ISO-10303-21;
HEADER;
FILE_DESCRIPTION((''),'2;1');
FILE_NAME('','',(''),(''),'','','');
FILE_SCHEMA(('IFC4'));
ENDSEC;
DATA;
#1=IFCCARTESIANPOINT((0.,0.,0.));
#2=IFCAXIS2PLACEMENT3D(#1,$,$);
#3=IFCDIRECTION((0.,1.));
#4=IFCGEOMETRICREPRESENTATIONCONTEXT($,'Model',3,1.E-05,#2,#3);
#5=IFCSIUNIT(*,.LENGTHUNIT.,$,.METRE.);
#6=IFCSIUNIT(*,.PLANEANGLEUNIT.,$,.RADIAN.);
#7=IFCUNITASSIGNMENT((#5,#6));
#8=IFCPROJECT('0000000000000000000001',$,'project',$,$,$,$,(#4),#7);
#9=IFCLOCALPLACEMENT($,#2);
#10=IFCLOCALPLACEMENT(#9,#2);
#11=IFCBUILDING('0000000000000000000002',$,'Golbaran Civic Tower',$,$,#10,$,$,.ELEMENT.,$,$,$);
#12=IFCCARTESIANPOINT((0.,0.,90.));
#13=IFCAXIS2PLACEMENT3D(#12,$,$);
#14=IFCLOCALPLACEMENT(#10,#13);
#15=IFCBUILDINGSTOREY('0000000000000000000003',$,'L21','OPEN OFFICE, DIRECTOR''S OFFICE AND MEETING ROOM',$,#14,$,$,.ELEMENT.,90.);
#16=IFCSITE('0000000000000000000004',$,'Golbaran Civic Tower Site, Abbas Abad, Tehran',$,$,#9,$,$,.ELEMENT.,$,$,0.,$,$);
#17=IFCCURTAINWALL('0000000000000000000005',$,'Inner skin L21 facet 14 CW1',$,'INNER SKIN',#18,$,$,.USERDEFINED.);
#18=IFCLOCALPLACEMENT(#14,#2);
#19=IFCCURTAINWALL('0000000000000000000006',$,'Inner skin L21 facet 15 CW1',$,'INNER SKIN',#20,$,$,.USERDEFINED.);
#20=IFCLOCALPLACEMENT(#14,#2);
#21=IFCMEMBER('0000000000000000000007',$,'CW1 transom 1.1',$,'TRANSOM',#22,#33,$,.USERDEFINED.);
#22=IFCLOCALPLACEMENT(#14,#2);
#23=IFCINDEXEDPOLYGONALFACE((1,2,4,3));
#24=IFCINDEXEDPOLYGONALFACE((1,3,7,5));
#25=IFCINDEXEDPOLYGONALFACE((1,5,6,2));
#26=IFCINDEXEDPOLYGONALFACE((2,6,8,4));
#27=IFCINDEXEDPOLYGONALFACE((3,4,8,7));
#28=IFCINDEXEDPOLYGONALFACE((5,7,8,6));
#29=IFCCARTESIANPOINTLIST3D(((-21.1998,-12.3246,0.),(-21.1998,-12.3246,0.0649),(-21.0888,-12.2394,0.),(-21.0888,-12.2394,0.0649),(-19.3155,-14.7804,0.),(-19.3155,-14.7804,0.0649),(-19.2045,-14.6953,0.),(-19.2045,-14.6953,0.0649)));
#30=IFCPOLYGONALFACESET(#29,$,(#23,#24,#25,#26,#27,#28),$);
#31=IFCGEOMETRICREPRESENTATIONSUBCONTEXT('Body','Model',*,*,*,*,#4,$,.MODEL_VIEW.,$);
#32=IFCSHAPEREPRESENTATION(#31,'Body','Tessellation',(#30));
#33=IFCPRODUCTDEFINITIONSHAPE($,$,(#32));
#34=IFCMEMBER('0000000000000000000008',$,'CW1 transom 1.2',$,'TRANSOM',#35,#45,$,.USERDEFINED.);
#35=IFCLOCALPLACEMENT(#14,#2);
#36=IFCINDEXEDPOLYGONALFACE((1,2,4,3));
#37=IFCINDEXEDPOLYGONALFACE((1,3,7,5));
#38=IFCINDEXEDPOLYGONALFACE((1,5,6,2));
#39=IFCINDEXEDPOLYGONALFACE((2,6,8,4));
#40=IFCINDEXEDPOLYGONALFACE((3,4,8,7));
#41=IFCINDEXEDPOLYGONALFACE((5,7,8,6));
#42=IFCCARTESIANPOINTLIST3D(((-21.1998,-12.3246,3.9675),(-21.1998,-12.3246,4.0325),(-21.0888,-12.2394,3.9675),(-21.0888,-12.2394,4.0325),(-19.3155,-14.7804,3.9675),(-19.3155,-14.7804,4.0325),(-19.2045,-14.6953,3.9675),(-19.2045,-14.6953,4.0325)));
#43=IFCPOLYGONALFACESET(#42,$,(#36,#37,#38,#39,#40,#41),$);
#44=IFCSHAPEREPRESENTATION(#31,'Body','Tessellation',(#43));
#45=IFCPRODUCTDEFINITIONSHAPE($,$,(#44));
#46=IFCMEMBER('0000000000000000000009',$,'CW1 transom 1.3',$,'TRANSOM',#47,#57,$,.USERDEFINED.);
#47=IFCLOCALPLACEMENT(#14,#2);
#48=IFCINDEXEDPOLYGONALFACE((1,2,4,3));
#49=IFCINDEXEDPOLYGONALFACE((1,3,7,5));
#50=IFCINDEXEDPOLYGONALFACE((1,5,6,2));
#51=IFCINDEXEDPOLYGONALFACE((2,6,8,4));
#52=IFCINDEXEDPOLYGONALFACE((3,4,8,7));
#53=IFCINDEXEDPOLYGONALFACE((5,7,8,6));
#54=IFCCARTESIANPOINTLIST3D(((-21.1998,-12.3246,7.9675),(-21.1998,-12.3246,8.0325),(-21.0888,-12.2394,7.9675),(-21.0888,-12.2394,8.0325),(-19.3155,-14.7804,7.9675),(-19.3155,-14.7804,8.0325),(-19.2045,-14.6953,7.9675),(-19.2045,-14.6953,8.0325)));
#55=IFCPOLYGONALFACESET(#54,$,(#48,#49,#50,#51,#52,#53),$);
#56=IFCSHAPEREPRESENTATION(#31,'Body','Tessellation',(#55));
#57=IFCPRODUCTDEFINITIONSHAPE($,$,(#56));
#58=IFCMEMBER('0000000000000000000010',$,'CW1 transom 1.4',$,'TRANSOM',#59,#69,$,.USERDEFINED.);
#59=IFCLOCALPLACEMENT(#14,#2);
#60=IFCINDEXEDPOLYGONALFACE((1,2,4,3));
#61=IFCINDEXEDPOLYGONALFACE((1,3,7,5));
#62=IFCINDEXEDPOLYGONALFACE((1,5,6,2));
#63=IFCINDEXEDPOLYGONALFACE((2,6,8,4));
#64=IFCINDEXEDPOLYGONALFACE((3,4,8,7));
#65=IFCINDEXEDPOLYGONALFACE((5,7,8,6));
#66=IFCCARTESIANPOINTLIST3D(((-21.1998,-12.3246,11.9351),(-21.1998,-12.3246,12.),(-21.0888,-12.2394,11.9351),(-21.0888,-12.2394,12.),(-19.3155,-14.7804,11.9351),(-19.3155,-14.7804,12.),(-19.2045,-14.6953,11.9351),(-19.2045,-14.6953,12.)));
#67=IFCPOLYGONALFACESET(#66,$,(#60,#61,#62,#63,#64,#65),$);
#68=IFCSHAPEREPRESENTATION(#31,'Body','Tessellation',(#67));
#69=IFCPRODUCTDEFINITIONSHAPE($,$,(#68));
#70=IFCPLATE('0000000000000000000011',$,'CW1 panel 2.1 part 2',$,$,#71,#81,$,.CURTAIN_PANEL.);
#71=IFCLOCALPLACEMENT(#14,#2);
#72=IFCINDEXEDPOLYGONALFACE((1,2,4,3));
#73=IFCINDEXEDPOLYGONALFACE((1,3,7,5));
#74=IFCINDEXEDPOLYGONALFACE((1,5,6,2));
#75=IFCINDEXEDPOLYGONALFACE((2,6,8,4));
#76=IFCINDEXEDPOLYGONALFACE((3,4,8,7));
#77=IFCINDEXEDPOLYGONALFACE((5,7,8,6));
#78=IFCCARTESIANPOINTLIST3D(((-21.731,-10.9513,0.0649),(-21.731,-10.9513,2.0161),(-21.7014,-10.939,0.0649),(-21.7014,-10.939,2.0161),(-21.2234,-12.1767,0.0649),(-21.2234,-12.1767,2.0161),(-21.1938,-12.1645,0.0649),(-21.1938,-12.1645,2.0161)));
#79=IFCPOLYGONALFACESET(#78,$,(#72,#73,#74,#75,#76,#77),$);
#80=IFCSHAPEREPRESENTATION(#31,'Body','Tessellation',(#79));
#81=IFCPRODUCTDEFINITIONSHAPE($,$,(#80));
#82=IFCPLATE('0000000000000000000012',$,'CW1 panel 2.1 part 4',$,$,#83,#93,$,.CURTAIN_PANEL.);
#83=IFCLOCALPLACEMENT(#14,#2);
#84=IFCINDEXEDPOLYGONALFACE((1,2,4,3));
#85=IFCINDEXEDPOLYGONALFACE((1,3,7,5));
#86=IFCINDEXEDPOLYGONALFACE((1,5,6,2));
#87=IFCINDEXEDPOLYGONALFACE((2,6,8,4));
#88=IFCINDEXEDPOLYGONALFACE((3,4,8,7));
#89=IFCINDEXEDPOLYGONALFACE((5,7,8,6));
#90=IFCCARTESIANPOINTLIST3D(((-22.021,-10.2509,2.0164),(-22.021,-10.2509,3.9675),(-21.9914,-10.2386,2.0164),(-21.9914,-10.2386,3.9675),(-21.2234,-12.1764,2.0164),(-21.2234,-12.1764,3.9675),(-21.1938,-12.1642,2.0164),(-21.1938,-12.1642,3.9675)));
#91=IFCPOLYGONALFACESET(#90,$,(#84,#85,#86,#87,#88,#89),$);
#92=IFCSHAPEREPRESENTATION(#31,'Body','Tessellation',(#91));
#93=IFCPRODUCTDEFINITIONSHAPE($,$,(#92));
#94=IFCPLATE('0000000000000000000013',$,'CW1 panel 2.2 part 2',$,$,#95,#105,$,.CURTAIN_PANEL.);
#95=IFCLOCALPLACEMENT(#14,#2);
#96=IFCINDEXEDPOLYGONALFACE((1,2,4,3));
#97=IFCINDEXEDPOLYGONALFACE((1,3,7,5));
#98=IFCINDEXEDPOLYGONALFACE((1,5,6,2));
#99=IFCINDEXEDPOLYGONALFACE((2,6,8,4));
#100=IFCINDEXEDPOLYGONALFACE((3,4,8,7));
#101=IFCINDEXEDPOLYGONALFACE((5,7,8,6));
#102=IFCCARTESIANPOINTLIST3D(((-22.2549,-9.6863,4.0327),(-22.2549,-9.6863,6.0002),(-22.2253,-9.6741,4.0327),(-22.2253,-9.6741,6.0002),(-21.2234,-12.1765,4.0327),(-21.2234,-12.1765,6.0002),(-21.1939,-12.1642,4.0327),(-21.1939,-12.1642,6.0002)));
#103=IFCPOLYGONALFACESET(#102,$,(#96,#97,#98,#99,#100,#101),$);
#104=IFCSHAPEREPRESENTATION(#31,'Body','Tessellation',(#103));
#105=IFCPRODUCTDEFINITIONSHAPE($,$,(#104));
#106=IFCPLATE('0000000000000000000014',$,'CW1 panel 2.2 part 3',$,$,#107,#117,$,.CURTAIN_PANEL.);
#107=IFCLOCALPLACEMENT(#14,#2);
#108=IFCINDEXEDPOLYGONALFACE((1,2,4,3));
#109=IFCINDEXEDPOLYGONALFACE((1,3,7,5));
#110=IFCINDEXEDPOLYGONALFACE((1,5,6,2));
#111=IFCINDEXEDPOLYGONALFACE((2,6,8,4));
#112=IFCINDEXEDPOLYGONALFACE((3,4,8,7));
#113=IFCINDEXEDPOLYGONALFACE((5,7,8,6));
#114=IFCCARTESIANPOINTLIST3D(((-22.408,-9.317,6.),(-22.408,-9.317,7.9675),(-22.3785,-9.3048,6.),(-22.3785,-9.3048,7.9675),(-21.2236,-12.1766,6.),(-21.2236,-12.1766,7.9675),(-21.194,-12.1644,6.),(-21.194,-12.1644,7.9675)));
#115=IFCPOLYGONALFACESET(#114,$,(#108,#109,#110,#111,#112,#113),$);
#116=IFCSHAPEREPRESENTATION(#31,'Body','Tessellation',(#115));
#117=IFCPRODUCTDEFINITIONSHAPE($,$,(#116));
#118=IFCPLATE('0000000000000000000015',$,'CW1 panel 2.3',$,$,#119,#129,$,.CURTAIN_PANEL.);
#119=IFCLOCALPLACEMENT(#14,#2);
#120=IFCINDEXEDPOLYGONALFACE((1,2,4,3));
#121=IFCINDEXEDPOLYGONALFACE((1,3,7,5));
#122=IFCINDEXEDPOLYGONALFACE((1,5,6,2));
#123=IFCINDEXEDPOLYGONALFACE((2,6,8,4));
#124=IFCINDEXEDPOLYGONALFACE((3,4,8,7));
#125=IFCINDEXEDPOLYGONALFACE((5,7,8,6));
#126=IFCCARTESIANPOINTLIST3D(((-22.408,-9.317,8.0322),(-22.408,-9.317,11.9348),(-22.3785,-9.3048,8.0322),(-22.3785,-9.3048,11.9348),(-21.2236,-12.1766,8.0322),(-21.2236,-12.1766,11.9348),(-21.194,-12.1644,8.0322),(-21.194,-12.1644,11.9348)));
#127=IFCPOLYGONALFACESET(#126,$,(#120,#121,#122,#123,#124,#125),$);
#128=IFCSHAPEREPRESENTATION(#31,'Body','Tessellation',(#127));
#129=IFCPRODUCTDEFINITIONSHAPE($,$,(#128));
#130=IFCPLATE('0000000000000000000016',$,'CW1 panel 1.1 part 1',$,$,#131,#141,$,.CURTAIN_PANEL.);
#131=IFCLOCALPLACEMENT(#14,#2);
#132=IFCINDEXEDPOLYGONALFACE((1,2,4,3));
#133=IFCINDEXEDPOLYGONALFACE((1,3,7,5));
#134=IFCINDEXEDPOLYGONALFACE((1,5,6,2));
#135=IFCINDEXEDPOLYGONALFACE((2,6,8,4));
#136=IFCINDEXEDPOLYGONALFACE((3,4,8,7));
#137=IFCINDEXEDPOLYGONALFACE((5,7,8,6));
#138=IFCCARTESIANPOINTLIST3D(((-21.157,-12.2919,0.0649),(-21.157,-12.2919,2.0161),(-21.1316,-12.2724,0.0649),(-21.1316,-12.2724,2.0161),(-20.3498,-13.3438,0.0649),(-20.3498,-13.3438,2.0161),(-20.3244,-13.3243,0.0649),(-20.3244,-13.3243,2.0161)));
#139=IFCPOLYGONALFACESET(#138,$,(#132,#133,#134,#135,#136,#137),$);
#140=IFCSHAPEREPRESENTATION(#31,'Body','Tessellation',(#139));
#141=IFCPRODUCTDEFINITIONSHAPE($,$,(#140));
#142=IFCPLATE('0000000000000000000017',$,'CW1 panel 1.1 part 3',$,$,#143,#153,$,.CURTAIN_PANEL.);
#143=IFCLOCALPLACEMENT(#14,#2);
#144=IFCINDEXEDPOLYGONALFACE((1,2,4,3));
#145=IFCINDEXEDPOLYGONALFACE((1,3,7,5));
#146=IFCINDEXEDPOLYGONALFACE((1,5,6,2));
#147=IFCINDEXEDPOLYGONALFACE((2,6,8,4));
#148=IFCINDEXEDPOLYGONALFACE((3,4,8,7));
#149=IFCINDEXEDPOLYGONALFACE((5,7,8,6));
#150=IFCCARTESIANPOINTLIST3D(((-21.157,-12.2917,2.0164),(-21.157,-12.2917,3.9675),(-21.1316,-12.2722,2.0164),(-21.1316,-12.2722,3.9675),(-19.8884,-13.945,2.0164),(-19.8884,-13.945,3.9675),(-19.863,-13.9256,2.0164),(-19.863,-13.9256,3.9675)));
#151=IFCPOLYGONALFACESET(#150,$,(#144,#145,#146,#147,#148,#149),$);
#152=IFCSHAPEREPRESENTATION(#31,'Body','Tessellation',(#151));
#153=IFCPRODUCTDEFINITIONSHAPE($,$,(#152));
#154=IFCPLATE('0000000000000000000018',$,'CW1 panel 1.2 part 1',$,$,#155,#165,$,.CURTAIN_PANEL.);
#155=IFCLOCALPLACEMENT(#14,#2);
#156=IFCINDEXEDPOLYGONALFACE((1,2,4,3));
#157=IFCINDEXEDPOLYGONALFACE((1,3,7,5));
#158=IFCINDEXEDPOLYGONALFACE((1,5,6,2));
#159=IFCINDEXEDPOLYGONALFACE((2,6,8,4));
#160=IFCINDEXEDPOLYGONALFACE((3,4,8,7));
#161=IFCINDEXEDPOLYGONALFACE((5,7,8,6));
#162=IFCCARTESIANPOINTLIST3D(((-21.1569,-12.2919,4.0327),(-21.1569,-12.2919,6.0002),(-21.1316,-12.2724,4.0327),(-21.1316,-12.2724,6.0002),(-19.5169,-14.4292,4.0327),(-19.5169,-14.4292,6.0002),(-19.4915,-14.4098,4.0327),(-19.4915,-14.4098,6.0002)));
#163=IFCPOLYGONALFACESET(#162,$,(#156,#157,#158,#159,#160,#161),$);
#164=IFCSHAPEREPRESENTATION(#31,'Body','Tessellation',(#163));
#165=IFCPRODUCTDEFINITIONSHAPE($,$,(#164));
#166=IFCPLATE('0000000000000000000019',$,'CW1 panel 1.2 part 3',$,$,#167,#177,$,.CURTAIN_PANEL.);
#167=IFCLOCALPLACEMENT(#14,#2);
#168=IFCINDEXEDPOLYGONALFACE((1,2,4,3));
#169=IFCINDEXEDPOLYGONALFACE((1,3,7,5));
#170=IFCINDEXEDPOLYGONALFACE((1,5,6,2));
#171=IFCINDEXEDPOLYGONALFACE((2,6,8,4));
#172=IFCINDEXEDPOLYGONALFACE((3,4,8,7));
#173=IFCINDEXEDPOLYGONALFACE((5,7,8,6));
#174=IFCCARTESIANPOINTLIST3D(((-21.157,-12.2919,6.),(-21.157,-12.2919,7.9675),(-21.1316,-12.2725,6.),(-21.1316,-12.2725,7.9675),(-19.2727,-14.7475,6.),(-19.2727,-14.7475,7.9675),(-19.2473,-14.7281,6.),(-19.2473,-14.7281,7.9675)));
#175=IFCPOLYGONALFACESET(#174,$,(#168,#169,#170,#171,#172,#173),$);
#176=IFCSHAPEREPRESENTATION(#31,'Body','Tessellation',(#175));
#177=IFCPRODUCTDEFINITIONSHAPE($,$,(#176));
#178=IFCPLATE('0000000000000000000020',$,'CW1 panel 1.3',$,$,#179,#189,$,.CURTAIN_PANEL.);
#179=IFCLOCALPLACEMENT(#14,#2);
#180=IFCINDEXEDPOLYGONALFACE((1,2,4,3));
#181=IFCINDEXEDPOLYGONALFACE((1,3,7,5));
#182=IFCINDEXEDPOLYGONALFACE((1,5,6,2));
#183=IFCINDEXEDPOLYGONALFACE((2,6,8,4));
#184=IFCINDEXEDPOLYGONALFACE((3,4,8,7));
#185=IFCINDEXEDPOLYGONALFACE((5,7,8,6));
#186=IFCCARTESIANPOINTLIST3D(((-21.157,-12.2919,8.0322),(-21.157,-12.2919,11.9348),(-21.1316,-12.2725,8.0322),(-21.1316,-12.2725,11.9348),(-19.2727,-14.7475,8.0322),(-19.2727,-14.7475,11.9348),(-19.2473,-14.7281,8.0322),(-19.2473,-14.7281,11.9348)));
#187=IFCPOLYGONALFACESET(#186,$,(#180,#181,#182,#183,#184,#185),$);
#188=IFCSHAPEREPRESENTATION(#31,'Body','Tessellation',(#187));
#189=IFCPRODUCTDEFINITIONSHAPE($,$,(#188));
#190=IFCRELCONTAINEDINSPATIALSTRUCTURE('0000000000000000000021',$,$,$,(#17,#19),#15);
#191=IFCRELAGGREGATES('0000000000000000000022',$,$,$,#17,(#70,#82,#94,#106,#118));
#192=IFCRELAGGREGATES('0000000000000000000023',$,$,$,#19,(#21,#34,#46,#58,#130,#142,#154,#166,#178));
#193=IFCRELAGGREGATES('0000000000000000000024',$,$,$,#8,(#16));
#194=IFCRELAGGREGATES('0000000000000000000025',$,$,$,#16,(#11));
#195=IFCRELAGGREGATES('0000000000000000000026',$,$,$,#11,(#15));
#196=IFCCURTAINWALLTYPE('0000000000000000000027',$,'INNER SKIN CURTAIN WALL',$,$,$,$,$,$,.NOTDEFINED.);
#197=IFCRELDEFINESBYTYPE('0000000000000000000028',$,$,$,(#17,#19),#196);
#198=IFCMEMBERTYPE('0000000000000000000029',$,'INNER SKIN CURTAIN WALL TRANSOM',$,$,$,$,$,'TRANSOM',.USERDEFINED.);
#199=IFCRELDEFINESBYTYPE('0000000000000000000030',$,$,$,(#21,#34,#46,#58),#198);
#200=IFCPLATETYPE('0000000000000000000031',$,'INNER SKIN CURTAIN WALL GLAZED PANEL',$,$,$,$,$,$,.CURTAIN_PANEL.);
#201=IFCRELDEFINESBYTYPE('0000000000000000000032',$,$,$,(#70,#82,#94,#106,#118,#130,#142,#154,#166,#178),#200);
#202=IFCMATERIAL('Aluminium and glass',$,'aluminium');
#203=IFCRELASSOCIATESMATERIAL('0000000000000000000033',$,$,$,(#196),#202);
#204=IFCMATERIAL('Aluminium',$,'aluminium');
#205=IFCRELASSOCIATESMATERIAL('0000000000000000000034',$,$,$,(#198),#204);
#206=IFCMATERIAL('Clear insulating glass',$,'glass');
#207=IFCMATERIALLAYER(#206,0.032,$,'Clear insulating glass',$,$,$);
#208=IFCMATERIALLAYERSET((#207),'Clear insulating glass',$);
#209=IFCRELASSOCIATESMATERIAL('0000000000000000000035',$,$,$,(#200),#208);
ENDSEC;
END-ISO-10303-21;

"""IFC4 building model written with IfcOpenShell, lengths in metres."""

from ifc_helpers import new_model, si_unit, direction, frame, origin, origin_2d, place, context, subcontext, project, spatial, rectangle, extrude, material, layer, layer_set, material_profile, profile_set, type_object, element, aggregate, save


model = new_model("IFC4")

# Units and contexts
model_context = context("Model", 3, precision=1e-05, world=origin(), true_north=direction((0.0, 1.0)))
body_context = subcontext(model_context, "Body", "Model", "MODEL_VIEW")
ifc_project = project(units=[si_unit("LENGTHUNIT", "METRE"), si_unit("PLANEANGLEUNIT", "RADIAN")], contexts=[model_context])

# Site, building, storey
site_placement = place(None, origin())
site = spatial("IfcSite", under=ifc_project, at=site_placement, Name="Golbaran Civic Tower Site, Abbas Abad, Tehran", CompositionType="ELEMENT", RefElevation=0.0)
building_placement = place(site_placement, origin())
building = spatial("IfcBuilding", under=site, at=building_placement, Name="Golbaran Civic Tower", CompositionType="ELEMENT")
storey_placement = place(building_placement, frame((0.0, 0.0, 90.0)))
storey = spatial("IfcBuildingStorey", under=building, at=storey_placement, Name="L21", Description="OPEN OFFICE, DIRECTOR'S OFFICE AND MEETING ROOM", CompositionType="ELEMENT", Elevation=90.0)

# Curtain wall
ifc_material_1 = material(Name="Aluminium and glass", Category="aluminium")
curtain_wall_type = type_object("IfcCurtainWallType", Name="INNER SKIN CURTAIN WALL", PredefinedType="NOTDEFINED", material=ifc_material_1)
curtain_wall_1_placement = place(storey_placement, origin())
curtain_wall_1 = element("IfcCurtainWall", 1, at=curtain_wall_1_placement, inside=storey, type_object=curtain_wall_type, Name="Inner skin L21 facet 14 CW1", ObjectType="INNER SKIN", PredefinedType="USERDEFINED")
ifc_material_2 = material(Name="Aluminium", Category="aluminium")

# Curtain wall, members
curtain_wall_2_placement = place(storey_placement, origin())
curtain_wall_2 = element("IfcCurtainWall", 2, at=curtain_wall_2_placement, inside=storey, type_object=curtain_wall_type, Name="Inner skin L21 facet 15 CW1", ObjectType="INNER SKIN", PredefinedType="USERDEFINED")
ifc_material_profile_1 = material_profile(ifc_material_2, rectangle(XDim=0.1399, YDim=0.0649, at=origin_2d()), Name="INNER SKIN CURTAIN WALL TRANSOM")
ifc_profile_set_1 = profile_set([ifc_material_profile_1], Name="Aluminium")
member_type_1 = type_object("IfcMemberType", Name="INNER SKIN CURTAIN WALL TRANSOM", ElementType="TRANSOM", PredefinedType="USERDEFINED", material=ifc_profile_set_1)
member_1_placement = place(storey_placement, frame((-21.1443, -12.282, 0.0325), z_axis=(0.608735, -0.793374, 0.0), x_axis=(0.793374, 0.608735, 0.0)))
member_1 = element("IfcMember", 3, at=member_1_placement, type_object=member_type_1, Name="CW1 transom 1.1", ObjectType="TRANSOM", PredefinedType="USERDEFINED", context=body_context, shape_type="SweptSolid", body=[
    extrude(rectangle(XDim=0.1399, YDim=0.0649, at=origin_2d()), origin(), (0.0, 0.0, 1.0), 3.0955),
])
member_2_placement = place(storey_placement, frame((-21.1443, -12.282, 4.0), z_axis=(0.608735, -0.793374, 0.0), x_axis=(0.793374, 0.608735, 0.0)))
member_2 = element("IfcMember", 4, at=member_2_placement, type_object=member_type_1, Name="CW1 transom 1.2", ObjectType="TRANSOM", PredefinedType="USERDEFINED", context=body_context, shape_type="SweptSolid", body=[
    extrude(rectangle(XDim=0.1399, YDim=0.0649, at=origin_2d()), origin(), (0.0, 0.0, 1.0), 3.0955),
])
member_3_placement = place(storey_placement, frame((-21.1443, -12.282, 8.0), z_axis=(0.608735, -0.793374, 0.0), x_axis=(0.793374, 0.608735, 0.0)))
member_3 = element("IfcMember", 5, at=member_3_placement, type_object=member_type_1, Name="CW1 transom 1.3", ObjectType="TRANSOM", PredefinedType="USERDEFINED", context=body_context, shape_type="SweptSolid", body=[
    extrude(rectangle(XDim=0.1399, YDim=0.0649, at=origin_2d()), origin(), (0.0, 0.0, 1.0), 3.0955),
])
member_4_placement = place(storey_placement, frame((-21.1443, -12.282, 11.9675), z_axis=(0.608735, -0.793374, 0.0), x_axis=(0.793374, 0.608735, 0.0)))
member_4 = element("IfcMember", 6, at=member_4_placement, type_object=member_type_1, Name="CW1 transom 1.4", ObjectType="TRANSOM", PredefinedType="USERDEFINED", context=body_context, shape_type="SweptSolid", body=[
    extrude(rectangle(XDim=0.1399, YDim=0.0649, at=origin_2d()), origin(), (0.0, 0.0, 1.0), 3.0955),
])

# Plates
ifc_material_3 = material(Name="Clear insulating glass", Category="glass")
ifc_layer_1 = layer(ifc_material_3, 0.032, Name="Clear insulating glass")
ifc_layer_set_1 = layer_set([ifc_layer_1], Name="Clear insulating glass")
plate_type_1 = type_object("IfcPlateType", Name="INNER SKIN CURTAIN WALL GLAZED PANEL", PredefinedType="CURTAIN_PANEL", material=ifc_layer_set_1)
plate_1_placement = place(storey_placement, frame((-21.4624, -11.5579, 0.0649), z_axis=(0.0, 0.0, 1.0), x_axis=(0.382683, -0.92388, 0.0)))
plate_1 = element("IfcPlate", 7, at=plate_1_placement, type_object=plate_type_1, Name="CW1 panel 2.1 part 2", PredefinedType="CURTAIN_PANEL", context=body_context, shape_type="SweptSolid", body=[
    extrude(rectangle(XDim=1.3264, YDim=0.032, at=origin_2d()), origin(), (0.0, 0.0, 1.0), 1.9512),
])
plate_2_placement = place(storey_placement, frame((-21.6074, -11.2075, 2.0164), z_axis=(0.0, 0.0, 1.0), x_axis=(0.382683, -0.92388, 0.0)))
plate_2 = element("IfcPlate", 8, at=plate_2_placement, type_object=plate_type_1, Name="CW1 panel 2.1 part 4", PredefinedType="CURTAIN_PANEL", context=body_context, shape_type="SweptSolid", body=[
    extrude(rectangle(XDim=2.0842, YDim=0.032, at=origin_2d()), origin(), (0.0, 0.0, 1.0), 1.9512),
])
plate_3_placement = place(storey_placement, frame((-21.7244, -10.9253, 4.0327), z_axis=(0.0, 0.0, 1.0), x_axis=(0.382683, -0.92388, 0.0)))
plate_3 = element("IfcPlate", 9, at=plate_3_placement, type_object=plate_type_1, Name="CW1 panel 2.2 part 2", PredefinedType="CURTAIN_PANEL", context=body_context, shape_type="SweptSolid", body=[
    extrude(rectangle(XDim=2.6953, YDim=0.032, at=origin_2d()), origin(), (0.0, 0.0, 1.0), 1.9675),
])
plate_4_placement = place(storey_placement, frame((-21.801, -10.7407, 6.0), z_axis=(0.0, 0.0, 1.0), x_axis=(0.382683, -0.92388, 0.0)))
plate_4 = element("IfcPlate", 10, at=plate_4_placement, type_object=plate_type_1, Name="CW1 panel 2.2 part 3", PredefinedType="CURTAIN_PANEL", context=body_context, shape_type="SweptSolid", body=[
    extrude(rectangle(XDim=3.0952, YDim=0.032, at=origin_2d()), origin(), (0.0, 0.0, 1.0), 1.9675),
])
plate_5_placement = place(storey_placement, frame((-21.801, -10.7407, 8.0322), z_axis=(0.0, 0.0, 1.0), x_axis=(0.382683, -0.92388, 0.0)))
plate_5 = element("IfcPlate", 11, at=plate_5_placement, type_object=plate_type_1, Name="CW1 panel 2.3", PredefinedType="CURTAIN_PANEL", context=body_context, shape_type="SweptSolid", body=[
    extrude(rectangle(XDim=3.0952, YDim=0.032, at=origin_2d()), origin(), (0.0, 0.0, 1.0), 3.9026),
])
plate_6_placement = place(storey_placement, frame((-20.7407, -12.8081, 0.0649), z_axis=(0.0, 0.0, 1.0), x_axis=(0.608761, -0.793353, 0.0)))
plate_6 = element("IfcPlate", 12, at=plate_6_placement, type_object=plate_type_1, Name="CW1 panel 1.1 part 1", PredefinedType="CURTAIN_PANEL", context=body_context, shape_type="SweptSolid", body=[
    extrude(rectangle(XDim=1.3259, YDim=0.032, at=origin_2d()), origin(), (0.0, 0.0, 1.0), 1.9512),
])
plate_7_placement = place(storey_placement, frame((-20.51, -13.1086, 2.0164), z_axis=(0.0, 0.0, 1.0), x_axis=(0.608761, -0.793353, 0.0)))
plate_7 = element("IfcPlate", 13, at=plate_7_placement, type_object=plate_type_1, Name="CW1 panel 1.1 part 3", PredefinedType="CURTAIN_PANEL", context=body_context, shape_type="SweptSolid", body=[
    extrude(rectangle(XDim=2.084, YDim=0.032, at=origin_2d()), origin(), (0.0, 0.0, 1.0), 1.9512),
])
plate_8_placement = place(storey_placement, frame((-20.3242, -13.3508, 4.0327), z_axis=(0.0, 0.0, 1.0), x_axis=(0.608761, -0.793353, 0.0)))
plate_8 = element("IfcPlate", 14, at=plate_8_placement, type_object=plate_type_1, Name="CW1 panel 1.2 part 1", PredefinedType="CURTAIN_PANEL", context=body_context, shape_type="SweptSolid", body=[
    extrude(rectangle(XDim=2.6941, YDim=0.032, at=origin_2d()), origin(), (0.0, 0.0, 1.0), 1.9675),
])
plate_9_placement = place(storey_placement, frame((-20.2021, -13.51, 6.0), z_axis=(0.0, 0.0, 1.0), x_axis=(0.608761, -0.793353, 0.0)))
plate_9 = element("IfcPlate", 15, at=plate_9_placement, type_object=plate_type_1, Name="CW1 panel 1.2 part 3", PredefinedType="CURTAIN_PANEL", context=body_context, shape_type="SweptSolid", body=[
    extrude(rectangle(XDim=3.0952, YDim=0.032, at=origin_2d()), origin(), (0.0, 0.0, 1.0), 1.9675),
])
plate_10_placement = place(storey_placement, frame((-20.2021, -13.51, 8.0322), z_axis=(0.0, 0.0, 1.0), x_axis=(0.608761, -0.793353, 0.0)))
plate_10 = element("IfcPlate", 16, at=plate_10_placement, type_object=plate_type_1, Name="CW1 panel 1.3", PredefinedType="CURTAIN_PANEL", context=body_context, shape_type="SweptSolid", body=[
    extrude(rectangle(XDim=3.0952, YDim=0.032, at=origin_2d()), origin(), (0.0, 0.0, 1.0), 3.9026),
])
aggregate(curtain_wall_1, [plate_1, plate_2, plate_3, plate_4, plate_5])
aggregate(curtain_wall_2, [member_1, member_2, member_3, member_4, plate_6, plate_7, plate_8, plate_9, plate_10])

save(model, "model.ifc")
